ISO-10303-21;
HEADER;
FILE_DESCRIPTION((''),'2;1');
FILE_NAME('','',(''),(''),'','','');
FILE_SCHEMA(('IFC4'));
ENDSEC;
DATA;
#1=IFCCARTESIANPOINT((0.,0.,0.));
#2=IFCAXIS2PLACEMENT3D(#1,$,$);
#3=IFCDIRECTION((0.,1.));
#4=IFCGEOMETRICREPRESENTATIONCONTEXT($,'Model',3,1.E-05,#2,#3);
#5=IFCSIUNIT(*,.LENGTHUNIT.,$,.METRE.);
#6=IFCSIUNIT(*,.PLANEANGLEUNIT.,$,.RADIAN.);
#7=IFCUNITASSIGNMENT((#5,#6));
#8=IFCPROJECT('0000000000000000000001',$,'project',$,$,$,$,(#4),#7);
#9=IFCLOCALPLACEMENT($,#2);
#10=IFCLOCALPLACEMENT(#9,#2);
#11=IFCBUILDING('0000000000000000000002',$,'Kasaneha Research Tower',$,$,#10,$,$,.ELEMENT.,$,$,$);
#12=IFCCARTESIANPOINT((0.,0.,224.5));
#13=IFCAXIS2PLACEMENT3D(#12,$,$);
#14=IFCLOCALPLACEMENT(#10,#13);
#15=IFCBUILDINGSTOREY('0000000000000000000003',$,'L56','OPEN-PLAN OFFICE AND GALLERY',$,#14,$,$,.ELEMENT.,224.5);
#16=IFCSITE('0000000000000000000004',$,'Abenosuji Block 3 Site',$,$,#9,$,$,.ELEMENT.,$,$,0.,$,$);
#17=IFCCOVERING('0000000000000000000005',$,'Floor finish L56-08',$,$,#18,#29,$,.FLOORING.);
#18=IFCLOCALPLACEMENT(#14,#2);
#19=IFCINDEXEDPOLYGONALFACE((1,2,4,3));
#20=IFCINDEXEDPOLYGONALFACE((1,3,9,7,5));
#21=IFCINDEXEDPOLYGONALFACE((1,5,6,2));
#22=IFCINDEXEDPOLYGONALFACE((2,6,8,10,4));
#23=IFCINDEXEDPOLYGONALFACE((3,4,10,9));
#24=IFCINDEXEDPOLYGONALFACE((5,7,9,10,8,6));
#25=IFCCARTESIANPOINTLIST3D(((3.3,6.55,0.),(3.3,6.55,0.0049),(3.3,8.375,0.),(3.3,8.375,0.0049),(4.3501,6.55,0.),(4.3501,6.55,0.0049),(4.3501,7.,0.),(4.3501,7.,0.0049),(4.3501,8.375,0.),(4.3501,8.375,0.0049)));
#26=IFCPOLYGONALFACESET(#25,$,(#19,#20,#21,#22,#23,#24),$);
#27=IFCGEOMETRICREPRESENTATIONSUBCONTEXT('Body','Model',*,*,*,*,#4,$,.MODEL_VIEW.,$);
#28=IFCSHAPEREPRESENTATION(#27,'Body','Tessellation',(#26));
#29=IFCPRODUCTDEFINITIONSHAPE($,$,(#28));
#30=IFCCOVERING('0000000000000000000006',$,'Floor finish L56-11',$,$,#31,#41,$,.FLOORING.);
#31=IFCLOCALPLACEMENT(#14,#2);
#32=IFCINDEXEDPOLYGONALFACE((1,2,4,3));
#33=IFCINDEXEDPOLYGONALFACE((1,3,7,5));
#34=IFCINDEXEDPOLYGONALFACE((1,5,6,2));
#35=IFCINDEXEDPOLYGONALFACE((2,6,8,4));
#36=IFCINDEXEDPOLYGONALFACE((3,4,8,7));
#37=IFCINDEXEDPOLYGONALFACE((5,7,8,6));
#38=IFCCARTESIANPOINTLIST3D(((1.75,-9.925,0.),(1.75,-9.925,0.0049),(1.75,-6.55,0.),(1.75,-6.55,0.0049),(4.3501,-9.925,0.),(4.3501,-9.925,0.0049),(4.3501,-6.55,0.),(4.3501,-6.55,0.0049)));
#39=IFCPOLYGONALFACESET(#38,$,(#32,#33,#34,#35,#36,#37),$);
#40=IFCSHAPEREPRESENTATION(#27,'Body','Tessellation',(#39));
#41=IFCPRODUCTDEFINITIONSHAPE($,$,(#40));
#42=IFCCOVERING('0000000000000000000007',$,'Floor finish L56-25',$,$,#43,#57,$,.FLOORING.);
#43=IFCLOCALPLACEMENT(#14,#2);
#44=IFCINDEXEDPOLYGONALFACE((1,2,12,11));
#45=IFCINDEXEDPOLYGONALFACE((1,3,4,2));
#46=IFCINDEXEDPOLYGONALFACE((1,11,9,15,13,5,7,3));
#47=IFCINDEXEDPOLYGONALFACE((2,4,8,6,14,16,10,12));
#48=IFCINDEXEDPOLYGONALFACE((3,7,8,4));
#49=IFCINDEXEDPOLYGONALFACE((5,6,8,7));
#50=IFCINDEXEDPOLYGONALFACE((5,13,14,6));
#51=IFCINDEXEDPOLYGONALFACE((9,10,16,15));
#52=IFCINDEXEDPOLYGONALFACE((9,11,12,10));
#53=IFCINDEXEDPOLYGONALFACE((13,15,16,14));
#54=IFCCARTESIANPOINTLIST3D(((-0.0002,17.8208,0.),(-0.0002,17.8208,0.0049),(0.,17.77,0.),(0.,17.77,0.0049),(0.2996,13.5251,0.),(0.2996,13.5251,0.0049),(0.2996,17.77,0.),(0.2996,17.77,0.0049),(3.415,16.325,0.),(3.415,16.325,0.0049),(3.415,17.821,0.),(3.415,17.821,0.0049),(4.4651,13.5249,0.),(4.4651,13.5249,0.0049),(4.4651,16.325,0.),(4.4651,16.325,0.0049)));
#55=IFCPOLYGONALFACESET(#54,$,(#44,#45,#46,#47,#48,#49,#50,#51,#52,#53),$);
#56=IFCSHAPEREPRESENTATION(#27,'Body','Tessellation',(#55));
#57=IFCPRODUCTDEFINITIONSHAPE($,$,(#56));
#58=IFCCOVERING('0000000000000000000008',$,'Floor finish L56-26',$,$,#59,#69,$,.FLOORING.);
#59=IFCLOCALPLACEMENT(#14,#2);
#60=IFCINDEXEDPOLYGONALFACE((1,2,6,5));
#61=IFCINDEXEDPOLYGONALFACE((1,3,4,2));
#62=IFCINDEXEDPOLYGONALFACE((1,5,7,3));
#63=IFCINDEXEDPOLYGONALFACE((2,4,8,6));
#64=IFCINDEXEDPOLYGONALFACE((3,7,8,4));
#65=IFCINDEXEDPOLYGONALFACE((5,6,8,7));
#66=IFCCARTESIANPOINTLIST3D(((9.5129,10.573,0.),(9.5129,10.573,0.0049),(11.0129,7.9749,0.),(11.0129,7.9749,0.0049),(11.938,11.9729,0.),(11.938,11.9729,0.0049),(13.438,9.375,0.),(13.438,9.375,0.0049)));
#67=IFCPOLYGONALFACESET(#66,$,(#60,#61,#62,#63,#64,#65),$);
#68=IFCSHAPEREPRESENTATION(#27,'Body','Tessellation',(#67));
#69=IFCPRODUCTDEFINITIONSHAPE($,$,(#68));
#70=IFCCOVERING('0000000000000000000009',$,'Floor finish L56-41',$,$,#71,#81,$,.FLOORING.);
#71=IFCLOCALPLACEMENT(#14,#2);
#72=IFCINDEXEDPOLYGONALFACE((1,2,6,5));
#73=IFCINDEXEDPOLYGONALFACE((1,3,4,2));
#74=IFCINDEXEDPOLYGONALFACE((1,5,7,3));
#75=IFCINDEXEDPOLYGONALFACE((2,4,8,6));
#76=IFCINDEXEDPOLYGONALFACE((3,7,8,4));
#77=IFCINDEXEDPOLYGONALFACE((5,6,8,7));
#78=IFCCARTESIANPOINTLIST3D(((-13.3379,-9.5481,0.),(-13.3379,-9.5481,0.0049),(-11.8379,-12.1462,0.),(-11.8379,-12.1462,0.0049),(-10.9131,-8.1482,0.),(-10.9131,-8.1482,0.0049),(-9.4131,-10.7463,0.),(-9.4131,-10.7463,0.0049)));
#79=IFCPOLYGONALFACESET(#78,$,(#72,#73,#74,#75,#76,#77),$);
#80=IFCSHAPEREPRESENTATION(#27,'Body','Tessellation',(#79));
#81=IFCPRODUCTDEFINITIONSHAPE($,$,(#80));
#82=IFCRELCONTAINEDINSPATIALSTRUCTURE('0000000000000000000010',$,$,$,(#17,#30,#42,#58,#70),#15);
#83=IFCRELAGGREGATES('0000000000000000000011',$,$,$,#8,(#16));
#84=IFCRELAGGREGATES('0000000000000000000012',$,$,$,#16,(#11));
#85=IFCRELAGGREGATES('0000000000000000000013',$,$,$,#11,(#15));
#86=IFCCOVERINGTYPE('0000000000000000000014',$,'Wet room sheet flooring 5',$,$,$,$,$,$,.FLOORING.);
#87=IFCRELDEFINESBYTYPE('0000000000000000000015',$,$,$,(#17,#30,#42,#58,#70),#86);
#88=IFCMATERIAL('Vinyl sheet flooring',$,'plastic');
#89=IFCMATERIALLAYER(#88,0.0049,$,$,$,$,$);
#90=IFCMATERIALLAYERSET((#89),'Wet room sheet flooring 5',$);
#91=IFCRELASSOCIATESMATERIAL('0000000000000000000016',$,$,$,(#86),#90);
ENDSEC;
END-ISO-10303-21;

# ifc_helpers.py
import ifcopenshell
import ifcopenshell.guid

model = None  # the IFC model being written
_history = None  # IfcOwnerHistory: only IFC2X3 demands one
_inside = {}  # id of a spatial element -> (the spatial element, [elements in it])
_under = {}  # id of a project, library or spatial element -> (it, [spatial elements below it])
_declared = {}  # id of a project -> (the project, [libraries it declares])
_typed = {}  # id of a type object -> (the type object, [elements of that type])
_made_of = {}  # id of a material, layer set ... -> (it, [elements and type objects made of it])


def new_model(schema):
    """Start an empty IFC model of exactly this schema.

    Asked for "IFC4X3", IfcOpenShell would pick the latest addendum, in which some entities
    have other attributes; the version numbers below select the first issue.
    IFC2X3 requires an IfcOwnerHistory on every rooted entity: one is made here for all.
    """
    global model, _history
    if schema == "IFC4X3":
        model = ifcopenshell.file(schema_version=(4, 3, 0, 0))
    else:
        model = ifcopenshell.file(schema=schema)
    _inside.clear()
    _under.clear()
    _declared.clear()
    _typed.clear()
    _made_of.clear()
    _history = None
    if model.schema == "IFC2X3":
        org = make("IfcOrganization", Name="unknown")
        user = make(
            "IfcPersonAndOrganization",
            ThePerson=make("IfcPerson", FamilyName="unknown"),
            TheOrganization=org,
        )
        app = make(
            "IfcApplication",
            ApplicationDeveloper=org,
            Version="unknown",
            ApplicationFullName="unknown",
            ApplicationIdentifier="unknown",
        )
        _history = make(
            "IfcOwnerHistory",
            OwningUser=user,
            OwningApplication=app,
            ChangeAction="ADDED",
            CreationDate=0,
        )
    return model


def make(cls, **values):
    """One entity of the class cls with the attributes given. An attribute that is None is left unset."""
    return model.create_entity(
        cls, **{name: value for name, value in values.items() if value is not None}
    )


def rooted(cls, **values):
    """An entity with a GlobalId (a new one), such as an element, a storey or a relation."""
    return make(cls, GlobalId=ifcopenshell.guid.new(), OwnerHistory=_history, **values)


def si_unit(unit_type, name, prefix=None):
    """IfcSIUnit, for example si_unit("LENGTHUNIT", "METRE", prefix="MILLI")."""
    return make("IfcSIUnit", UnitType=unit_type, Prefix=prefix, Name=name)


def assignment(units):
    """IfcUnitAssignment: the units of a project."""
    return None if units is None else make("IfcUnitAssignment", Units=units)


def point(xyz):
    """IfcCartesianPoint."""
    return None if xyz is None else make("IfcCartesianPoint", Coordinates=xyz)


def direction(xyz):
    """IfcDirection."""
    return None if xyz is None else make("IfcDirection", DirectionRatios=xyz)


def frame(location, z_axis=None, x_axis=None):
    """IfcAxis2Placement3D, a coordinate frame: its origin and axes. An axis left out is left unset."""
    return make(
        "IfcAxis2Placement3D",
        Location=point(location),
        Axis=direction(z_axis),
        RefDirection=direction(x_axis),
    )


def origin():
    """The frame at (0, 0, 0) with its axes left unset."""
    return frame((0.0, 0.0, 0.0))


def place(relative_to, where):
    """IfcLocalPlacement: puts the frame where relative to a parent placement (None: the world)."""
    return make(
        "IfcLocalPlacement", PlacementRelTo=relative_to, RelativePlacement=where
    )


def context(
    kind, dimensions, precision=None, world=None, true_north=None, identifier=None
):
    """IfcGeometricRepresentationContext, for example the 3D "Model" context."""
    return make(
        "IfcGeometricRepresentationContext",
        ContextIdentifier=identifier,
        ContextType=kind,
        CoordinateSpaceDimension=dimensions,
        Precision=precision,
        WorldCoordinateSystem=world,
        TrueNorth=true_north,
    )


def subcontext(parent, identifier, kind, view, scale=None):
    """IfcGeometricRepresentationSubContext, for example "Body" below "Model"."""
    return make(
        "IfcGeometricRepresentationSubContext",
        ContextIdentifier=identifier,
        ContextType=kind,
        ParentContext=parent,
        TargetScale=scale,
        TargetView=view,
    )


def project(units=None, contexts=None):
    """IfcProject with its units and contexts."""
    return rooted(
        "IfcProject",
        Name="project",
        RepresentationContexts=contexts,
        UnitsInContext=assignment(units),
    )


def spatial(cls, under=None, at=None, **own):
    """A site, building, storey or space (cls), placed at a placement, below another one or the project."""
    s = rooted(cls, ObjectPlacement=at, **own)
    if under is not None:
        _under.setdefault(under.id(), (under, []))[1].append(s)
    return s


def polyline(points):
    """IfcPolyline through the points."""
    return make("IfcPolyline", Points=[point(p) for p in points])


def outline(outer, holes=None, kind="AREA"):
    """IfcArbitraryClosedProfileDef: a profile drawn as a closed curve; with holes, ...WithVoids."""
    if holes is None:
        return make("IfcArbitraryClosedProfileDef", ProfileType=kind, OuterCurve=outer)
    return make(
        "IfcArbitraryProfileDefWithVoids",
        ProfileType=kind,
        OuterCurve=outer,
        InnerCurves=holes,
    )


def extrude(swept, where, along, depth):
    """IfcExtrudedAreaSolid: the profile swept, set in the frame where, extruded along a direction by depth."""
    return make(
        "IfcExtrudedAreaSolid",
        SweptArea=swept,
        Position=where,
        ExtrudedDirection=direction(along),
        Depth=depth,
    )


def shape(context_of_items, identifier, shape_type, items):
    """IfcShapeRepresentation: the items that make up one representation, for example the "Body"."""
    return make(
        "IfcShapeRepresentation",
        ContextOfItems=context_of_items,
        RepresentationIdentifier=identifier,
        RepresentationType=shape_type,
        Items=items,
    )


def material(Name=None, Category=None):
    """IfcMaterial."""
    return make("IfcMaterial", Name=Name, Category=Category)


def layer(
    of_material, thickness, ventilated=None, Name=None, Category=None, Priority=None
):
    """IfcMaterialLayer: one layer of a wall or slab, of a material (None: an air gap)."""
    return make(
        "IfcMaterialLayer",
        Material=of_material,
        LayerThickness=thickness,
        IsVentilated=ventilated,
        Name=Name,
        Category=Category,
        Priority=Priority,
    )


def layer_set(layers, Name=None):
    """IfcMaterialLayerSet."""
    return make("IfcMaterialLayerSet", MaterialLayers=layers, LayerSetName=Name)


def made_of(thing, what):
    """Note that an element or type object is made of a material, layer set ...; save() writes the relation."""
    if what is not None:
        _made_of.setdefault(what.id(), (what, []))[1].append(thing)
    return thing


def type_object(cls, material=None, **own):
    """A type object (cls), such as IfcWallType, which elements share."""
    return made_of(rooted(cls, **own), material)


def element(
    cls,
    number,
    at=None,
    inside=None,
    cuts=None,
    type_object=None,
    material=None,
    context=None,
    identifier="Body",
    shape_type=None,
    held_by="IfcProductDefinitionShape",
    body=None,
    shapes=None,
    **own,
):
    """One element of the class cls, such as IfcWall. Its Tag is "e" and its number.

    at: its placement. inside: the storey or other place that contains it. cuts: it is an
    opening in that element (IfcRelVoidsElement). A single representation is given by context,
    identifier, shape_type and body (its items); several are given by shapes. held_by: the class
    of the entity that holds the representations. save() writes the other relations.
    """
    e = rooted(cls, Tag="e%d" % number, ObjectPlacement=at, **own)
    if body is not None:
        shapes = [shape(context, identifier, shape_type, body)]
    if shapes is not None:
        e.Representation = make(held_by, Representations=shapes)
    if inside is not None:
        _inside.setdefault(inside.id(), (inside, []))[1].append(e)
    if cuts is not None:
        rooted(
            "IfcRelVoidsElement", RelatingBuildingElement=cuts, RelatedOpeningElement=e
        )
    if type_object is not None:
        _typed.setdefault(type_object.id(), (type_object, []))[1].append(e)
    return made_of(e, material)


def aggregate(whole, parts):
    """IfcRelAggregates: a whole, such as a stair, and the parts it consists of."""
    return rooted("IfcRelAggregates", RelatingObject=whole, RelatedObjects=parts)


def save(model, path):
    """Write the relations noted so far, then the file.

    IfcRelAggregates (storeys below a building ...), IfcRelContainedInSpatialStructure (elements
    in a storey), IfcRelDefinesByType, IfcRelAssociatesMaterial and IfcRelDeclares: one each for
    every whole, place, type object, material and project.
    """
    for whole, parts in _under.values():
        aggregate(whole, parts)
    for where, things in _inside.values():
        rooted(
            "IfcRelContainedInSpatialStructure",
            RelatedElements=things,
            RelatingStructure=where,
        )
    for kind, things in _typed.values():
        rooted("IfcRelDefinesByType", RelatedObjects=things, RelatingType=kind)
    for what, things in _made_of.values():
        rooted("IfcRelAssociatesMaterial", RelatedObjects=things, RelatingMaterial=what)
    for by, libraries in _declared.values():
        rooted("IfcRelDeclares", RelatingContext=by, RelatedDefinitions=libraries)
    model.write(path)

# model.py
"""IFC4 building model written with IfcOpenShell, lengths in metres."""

from ifc_helpers import new_model, si_unit, direction, frame, origin, place, context, subcontext, project, spatial, polyline, outline, extrude, material, layer, layer_set, type_object, element, save


model = new_model("IFC4")

# Units and contexts
model_context = context("Model", 3, precision=1e-05, world=origin(), true_north=direction((0.0, 1.0)))
body_context = subcontext(model_context, "Body", "Model", "MODEL_VIEW")
ifc_project = project(units=[si_unit("LENGTHUNIT", "METRE"), si_unit("PLANEANGLEUNIT", "RADIAN")], contexts=[model_context])

# Site, building, storey
site_placement = place(None, origin())
site = spatial("IfcSite", under=ifc_project, at=site_placement, Name="Abenosuji Block 3 Site", CompositionType="ELEMENT", RefElevation=0.0)
building_placement = place(site_placement, origin())
building = spatial("IfcBuilding", under=site, at=building_placement, Name="Kasaneha Research Tower", CompositionType="ELEMENT")
storey_placement = place(building_placement, frame((0.0, 0.0, 224.5)))
storey = spatial("IfcBuildingStorey", under=building, at=storey_placement, Name="L56", Description="OPEN-PLAN OFFICE AND GALLERY", CompositionType="ELEMENT", Elevation=224.5)

# Coverings
ifc_material_1 = material(Name="Vinyl sheet flooring", Category="plastic")
ifc_layer_1 = layer(ifc_material_1, 0.0049)
ifc_layer_set_1 = layer_set([ifc_layer_1], Name="Wet room sheet flooring 5")
covering_type_1 = type_object("IfcCoveringType", Name="Wet room sheet flooring 5", PredefinedType="FLOORING", material=ifc_layer_set_1)
covering_1_placement = place(storey_placement, origin())
element("IfcCovering", 1, at=covering_1_placement, inside=storey, type_object=covering_type_1, Name="Floor finish L56-08", PredefinedType="FLOORING", context=body_context, shape_type="SweptSolid", body=[
    extrude(outline(polyline([(3.3, 6.55), (3.3, 8.375), (4.3501, 8.375), (4.3501, 7.0), (4.3501, 6.55), (3.3, 6.55)])), origin(), (0.0, 0.0, 1.0), 0.0049),
])
covering_2_placement = place(storey_placement, origin())
element("IfcCovering", 2, at=covering_2_placement, inside=storey, type_object=covering_type_1, Name="Floor finish L56-11", PredefinedType="FLOORING", context=body_context, shape_type="SweptSolid", body=[
    extrude(outline(polyline([(1.75, -9.925), (1.75, -6.55), (4.3501, -6.55), (4.3501, -9.925), (1.75, -9.925)])), origin(), (0.0, 0.0, 1.0), 0.0049),
])
covering_3_placement = place(storey_placement, origin())
element("IfcCovering", 3, at=covering_3_placement, inside=storey, type_object=covering_type_1, Name="Floor finish L56-25", PredefinedType="FLOORING", context=body_context, shape_type="SweptSolid", body=[
    extrude(outline(polyline([(4.4651, 16.325), (4.4651, 13.5249), (0.2996, 13.5251), (0.2996, 17.77), (0.0, 17.77), (-0.0002, 17.8208), (3.415, 17.821), (3.415, 16.325), (4.4651, 16.325)])), origin(), (0.0, 0.0, 1.0), 0.0049),
])
covering_4_placement = place(storey_placement, origin())
element("IfcCovering", 4, at=covering_4_placement, inside=storey, type_object=covering_type_1, Name="Floor finish L56-26", PredefinedType="FLOORING", context=body_context, shape_type="SweptSolid", body=[
    extrude(outline(polyline([(11.938, 11.9729), (13.438, 9.375), (11.0129, 7.9749), (9.5129, 10.573), (11.938, 11.9729)])), origin(), (0.0, 0.0, 1.0), 0.0049),
])
covering_5_placement = place(storey_placement, origin())
element("IfcCovering", 5, at=covering_5_placement, inside=storey, type_object=covering_type_1, Name="Floor finish L56-41", PredefinedType="FLOORING", context=body_context, shape_type="SweptSolid", body=[
    extrude(outline(polyline([(-11.8379, -12.1462), (-13.3379, -9.5481), (-10.9131, -8.1482), (-9.4131, -10.7463), (-11.8379, -12.1462)])), origin(), (0.0, 0.0, 1.0), 0.0049),
])

save(model, "model.ifc")
